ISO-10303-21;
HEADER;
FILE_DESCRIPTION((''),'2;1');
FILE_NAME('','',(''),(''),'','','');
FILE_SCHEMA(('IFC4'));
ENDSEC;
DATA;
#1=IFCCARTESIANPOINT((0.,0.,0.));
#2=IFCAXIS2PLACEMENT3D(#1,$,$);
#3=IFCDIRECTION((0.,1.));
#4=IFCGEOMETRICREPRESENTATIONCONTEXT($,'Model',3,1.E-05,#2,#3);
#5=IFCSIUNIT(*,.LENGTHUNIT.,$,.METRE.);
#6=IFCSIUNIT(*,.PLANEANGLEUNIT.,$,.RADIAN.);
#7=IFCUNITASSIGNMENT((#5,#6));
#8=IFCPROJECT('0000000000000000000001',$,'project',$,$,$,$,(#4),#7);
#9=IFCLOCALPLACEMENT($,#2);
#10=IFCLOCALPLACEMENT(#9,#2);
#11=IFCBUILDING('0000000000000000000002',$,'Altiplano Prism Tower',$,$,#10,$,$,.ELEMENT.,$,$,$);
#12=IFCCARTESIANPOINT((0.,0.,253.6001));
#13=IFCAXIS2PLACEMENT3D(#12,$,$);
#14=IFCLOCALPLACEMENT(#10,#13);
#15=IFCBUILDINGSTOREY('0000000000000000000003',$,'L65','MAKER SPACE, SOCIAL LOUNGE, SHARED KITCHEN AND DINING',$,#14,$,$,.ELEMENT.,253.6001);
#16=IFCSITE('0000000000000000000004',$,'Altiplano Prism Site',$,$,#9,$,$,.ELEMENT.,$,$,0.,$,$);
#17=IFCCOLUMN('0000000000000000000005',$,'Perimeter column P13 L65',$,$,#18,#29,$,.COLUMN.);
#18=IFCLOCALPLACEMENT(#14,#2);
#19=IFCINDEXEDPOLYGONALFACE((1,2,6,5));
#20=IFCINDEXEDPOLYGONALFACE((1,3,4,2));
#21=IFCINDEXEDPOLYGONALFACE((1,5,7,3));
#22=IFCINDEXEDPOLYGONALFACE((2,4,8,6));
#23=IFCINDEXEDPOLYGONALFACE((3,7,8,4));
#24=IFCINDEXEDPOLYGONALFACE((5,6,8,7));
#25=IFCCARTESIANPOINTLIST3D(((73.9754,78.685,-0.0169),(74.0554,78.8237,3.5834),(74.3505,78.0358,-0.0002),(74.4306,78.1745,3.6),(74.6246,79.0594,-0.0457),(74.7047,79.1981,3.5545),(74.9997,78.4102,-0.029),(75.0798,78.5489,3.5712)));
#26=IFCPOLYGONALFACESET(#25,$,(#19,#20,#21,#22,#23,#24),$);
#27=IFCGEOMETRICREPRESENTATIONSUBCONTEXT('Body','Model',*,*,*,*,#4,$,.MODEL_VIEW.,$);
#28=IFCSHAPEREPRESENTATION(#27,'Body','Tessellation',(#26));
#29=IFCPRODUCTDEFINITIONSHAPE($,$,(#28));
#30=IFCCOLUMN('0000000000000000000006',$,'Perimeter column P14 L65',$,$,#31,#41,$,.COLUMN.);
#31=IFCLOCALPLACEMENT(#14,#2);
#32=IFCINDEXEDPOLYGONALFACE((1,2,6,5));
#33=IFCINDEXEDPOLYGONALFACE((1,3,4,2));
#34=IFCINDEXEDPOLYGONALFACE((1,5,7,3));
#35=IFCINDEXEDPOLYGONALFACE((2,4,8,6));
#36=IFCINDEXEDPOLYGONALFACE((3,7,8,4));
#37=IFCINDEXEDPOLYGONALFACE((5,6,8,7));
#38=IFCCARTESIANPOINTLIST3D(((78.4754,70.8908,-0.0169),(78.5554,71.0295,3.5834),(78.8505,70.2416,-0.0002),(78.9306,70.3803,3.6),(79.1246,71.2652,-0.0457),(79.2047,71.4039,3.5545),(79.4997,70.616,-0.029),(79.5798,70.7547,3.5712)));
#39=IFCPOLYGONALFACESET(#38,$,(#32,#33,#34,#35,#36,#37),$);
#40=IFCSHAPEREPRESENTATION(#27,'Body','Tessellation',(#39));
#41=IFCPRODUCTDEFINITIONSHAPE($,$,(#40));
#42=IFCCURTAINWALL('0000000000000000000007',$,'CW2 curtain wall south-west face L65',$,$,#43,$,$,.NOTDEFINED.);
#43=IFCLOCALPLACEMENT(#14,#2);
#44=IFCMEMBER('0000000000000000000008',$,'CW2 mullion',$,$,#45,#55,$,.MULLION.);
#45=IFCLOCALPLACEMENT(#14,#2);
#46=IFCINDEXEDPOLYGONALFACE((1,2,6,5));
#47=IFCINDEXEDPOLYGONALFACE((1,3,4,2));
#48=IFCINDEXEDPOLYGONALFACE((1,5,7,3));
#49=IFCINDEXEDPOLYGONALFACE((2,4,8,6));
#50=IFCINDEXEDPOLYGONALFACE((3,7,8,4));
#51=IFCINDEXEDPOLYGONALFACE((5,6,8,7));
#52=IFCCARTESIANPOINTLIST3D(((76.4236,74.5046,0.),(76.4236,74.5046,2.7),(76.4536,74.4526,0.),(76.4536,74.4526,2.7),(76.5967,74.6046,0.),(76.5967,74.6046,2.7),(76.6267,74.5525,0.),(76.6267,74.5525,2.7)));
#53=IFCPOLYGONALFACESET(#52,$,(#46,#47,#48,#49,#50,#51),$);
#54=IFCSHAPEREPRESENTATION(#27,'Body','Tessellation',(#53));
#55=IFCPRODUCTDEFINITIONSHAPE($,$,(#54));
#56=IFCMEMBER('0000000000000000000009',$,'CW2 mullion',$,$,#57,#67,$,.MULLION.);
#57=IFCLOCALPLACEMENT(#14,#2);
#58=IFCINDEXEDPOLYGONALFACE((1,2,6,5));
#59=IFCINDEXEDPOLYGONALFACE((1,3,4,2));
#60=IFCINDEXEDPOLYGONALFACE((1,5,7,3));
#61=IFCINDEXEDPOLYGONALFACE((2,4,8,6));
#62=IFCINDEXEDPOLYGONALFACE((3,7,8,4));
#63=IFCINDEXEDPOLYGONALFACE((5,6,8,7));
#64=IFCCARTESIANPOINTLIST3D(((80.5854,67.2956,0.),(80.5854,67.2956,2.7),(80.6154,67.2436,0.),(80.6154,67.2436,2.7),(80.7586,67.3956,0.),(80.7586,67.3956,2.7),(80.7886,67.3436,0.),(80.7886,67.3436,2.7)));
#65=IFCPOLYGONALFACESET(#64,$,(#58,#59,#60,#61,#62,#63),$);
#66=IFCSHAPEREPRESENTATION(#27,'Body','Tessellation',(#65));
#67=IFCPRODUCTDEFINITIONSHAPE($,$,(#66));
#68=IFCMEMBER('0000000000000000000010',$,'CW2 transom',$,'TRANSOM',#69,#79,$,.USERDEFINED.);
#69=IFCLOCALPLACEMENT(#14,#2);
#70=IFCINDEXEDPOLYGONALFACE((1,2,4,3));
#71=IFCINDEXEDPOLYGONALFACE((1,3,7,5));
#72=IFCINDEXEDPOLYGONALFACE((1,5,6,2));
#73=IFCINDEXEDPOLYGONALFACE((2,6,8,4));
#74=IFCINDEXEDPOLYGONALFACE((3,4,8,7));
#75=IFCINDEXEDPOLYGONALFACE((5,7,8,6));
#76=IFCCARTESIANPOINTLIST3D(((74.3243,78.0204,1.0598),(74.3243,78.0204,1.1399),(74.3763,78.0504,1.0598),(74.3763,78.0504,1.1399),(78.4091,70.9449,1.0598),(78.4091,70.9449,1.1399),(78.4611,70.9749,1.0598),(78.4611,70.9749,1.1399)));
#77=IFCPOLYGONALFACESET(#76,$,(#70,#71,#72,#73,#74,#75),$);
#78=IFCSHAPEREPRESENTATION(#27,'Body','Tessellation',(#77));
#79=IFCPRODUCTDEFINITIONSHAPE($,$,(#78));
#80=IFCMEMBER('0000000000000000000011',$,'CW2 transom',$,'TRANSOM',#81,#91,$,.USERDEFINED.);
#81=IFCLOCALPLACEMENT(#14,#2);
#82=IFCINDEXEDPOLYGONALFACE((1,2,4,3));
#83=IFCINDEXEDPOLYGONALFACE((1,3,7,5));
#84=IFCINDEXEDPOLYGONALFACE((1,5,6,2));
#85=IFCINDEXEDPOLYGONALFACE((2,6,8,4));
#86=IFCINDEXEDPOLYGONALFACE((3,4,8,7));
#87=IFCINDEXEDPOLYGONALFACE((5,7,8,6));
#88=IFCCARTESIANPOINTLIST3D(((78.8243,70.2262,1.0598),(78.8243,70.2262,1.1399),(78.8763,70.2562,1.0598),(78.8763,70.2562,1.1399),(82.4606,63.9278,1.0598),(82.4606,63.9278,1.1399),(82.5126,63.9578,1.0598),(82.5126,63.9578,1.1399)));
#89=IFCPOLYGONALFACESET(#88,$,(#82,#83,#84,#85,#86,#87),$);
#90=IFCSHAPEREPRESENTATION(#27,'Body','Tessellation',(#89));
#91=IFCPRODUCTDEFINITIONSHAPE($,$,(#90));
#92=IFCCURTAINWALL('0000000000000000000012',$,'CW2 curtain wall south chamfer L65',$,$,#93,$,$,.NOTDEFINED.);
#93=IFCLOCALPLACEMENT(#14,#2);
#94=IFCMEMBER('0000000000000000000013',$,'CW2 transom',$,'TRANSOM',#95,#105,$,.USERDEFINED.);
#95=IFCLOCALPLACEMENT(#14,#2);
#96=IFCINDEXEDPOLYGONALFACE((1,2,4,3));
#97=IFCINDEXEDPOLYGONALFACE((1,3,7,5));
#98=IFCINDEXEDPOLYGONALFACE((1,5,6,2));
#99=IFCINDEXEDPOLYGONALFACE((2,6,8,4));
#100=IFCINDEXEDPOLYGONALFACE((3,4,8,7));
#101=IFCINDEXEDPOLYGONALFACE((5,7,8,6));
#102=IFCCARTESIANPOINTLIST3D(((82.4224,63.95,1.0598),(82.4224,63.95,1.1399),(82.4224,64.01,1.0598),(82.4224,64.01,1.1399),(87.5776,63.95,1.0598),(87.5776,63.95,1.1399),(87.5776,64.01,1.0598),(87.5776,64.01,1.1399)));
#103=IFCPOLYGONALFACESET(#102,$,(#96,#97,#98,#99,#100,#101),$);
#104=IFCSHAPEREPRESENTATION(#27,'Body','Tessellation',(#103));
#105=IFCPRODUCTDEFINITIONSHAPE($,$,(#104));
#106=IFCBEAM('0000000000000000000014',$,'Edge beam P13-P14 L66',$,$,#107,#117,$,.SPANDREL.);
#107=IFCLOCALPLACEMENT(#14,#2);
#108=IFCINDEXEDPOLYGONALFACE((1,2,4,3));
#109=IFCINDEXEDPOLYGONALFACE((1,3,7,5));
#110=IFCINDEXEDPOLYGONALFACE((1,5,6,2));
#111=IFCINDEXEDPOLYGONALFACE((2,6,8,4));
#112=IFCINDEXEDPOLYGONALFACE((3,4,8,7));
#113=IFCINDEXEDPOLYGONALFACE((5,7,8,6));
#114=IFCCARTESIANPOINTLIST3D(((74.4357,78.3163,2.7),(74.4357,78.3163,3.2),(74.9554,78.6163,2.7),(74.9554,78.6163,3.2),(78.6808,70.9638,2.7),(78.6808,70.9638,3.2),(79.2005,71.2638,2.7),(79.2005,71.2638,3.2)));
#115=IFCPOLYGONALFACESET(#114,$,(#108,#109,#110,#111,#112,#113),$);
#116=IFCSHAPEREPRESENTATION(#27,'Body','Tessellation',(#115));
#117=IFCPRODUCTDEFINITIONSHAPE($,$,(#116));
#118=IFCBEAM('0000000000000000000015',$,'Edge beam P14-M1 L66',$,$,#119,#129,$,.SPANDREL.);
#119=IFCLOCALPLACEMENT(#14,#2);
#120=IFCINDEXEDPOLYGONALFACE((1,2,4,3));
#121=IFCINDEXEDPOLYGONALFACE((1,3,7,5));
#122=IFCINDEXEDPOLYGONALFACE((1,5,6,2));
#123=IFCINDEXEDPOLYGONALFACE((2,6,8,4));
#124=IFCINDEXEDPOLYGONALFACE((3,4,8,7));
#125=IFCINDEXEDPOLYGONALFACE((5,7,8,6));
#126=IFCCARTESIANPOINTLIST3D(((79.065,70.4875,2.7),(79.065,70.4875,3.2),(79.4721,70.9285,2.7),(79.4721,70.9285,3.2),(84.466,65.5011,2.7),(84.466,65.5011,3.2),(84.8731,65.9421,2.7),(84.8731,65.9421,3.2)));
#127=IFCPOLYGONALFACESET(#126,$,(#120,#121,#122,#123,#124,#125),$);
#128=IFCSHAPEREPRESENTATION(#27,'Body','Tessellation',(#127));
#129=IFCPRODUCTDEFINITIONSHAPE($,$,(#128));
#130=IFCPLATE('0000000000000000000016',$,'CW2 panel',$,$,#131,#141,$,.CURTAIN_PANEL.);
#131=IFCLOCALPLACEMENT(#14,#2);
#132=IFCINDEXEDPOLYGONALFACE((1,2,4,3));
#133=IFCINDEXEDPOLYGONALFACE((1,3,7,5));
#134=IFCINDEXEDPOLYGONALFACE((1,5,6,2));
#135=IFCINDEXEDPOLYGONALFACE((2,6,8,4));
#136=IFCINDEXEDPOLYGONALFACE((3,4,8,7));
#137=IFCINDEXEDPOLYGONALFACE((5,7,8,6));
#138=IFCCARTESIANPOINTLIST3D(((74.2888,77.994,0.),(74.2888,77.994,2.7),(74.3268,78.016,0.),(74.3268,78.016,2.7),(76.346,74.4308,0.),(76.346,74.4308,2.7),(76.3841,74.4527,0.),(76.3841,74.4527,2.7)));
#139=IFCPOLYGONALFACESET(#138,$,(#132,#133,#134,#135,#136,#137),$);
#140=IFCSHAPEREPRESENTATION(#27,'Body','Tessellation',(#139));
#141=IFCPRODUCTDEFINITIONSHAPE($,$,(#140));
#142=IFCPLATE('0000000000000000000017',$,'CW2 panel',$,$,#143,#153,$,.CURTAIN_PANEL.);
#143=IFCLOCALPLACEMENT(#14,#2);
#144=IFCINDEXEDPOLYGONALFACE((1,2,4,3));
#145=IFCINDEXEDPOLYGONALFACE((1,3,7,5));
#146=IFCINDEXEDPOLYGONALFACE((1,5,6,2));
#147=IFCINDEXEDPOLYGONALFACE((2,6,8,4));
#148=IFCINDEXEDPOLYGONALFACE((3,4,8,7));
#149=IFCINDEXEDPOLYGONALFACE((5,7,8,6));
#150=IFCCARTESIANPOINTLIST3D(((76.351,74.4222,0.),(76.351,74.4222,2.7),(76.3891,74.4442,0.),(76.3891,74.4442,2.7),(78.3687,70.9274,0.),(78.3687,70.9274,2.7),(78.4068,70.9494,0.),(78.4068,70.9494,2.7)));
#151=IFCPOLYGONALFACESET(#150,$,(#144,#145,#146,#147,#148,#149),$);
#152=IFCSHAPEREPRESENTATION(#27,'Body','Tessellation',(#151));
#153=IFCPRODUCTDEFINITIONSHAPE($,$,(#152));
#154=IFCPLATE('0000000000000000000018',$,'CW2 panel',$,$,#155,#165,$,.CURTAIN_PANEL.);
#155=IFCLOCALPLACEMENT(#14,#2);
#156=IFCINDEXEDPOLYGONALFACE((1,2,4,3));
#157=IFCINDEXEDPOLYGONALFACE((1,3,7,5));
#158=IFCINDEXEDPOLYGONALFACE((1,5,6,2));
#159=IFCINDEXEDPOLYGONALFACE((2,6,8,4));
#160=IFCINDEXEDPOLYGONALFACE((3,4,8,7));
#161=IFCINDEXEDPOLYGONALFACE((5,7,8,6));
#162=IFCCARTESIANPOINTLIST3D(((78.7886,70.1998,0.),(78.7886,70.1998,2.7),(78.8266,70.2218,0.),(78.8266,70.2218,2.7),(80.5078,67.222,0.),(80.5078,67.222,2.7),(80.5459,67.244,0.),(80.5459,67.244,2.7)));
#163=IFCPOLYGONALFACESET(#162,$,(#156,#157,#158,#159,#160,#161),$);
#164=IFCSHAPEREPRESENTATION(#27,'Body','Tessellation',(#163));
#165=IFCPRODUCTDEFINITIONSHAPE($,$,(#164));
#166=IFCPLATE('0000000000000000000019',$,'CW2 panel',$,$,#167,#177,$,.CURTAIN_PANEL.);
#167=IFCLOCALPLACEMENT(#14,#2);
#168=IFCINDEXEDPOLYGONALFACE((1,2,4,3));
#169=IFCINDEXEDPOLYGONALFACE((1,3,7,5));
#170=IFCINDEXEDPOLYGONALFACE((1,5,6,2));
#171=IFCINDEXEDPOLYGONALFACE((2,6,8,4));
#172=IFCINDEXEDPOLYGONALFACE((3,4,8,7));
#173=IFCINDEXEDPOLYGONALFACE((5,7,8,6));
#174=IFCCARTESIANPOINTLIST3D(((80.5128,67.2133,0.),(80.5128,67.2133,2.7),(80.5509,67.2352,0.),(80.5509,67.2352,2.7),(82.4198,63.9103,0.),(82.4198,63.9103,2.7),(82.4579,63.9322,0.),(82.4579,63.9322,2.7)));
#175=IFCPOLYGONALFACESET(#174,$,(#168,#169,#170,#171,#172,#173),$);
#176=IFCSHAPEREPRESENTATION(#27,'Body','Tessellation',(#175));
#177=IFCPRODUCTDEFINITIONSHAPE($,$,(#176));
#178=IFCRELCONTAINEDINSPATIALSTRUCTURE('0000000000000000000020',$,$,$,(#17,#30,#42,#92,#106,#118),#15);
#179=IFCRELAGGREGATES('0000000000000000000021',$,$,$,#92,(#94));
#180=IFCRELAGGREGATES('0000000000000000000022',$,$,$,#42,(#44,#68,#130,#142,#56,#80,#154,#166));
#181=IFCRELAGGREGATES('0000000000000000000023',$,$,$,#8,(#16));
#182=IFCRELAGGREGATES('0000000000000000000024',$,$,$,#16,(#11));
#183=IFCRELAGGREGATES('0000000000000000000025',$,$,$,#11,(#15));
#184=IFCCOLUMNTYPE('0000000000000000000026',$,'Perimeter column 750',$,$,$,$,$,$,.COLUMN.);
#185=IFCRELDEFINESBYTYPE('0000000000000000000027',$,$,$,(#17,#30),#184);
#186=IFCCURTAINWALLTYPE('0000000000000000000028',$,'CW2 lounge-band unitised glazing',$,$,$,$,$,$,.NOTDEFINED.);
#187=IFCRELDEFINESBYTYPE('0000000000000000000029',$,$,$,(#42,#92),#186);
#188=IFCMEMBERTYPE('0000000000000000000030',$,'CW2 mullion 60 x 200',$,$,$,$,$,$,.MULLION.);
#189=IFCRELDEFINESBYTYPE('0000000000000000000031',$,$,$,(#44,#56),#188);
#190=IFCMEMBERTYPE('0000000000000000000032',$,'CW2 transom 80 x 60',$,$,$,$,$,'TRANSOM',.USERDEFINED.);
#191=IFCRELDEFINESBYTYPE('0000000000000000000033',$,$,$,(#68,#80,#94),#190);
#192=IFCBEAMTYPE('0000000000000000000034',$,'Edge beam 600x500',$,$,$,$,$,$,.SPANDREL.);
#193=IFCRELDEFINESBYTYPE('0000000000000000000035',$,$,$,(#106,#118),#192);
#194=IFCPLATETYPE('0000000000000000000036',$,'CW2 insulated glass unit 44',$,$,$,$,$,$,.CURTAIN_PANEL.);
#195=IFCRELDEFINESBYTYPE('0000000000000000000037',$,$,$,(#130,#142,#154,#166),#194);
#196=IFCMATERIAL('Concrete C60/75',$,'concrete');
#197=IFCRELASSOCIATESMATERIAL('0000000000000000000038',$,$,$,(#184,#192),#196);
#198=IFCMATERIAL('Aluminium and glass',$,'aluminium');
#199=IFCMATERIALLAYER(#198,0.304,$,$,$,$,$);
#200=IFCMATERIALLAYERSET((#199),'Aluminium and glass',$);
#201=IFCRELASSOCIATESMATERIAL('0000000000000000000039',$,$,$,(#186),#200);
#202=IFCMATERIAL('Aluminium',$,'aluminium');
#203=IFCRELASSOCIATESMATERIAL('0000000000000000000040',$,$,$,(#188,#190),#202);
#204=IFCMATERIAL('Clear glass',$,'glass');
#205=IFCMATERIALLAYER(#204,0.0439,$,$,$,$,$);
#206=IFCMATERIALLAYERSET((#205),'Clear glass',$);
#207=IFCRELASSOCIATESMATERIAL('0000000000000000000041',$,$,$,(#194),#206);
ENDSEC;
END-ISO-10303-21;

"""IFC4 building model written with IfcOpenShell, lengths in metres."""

from ifc_helpers import new_model, si_unit, direction, frame, origin, origin_2d, place, context, subcontext, project, spatial, rectangle, extrude, material, layer, layer_set, material_profile, profile_set, type_object, element, aggregate, save


model = new_model("IFC4")

# Units and contexts
model_context = context("Model", 3, precision=1e-05, world=origin(), true_north=direction((0.0, 1.0)))
body_context = subcontext(model_context, "Body", "Model", "MODEL_VIEW")
ifc_project = project(units=[si_unit("LENGTHUNIT", "METRE"), si_unit("PLANEANGLEUNIT", "RADIAN")], contexts=[model_context])

# Site, building, storey
site_placement = place(None, origin())
site = spatial("IfcSite", under=ifc_project, at=site_placement, Name="Altiplano Prism Site", CompositionType="ELEMENT", RefElevation=0.0)
building_placement = place(site_placement, origin())
building = spatial("IfcBuilding", under=site, at=building_placement, Name="Altiplano Prism Tower", CompositionType="ELEMENT")
storey_placement = place(building_placement, frame((0.0, 0.0, 253.6001)))
storey = spatial("IfcBuildingStorey", under=building, at=storey_placement, Name="L65", Description="MAKER SPACE, SOCIAL LOUNGE, SHARED KITCHEN AND DINING", CompositionType="ELEMENT", Elevation=253.6001)

# Columns
ifc_material_1 = material(Name="Concrete C60/75", Category="concrete")
ifc_material_profile_1 = material_profile(ifc_material_1, rectangle(XDim=0.75, YDim=0.75, at=origin_2d()), Name="Perimeter column 750")
ifc_profile_set_1 = profile_set([ifc_material_profile_1], Name="Concrete C60/75")
column_type = type_object("IfcColumnType", Name="Perimeter column 750", PredefinedType="COLUMN", material=ifc_profile_set_1)
for number, where, z_axis, x_axis, name in (
    (1, (74.4875, 78.5476, -0.0229), (0.022221, 0.038481, 0.999012), (-0.865642, -0.499182, 0.038483), "Perimeter column P13 L65"),
    (2, (78.9875, 70.7534, -0.0229), (0.022221, 0.038481, 0.999012), (-0.865642, -0.499182, 0.038483), "Perimeter column P14 L65"),
):
    element("IfcColumn", number, at=place(storey_placement, frame(where, z_axis=z_axis, x_axis=x_axis)), inside=storey, type_object=column_type, Name=name, PredefinedType="COLUMN", context=body_context, shape_type="SweptSolid", body=[
        extrude(rectangle(XDim=0.75, YDim=0.75, at=origin_2d()), origin(), (0.0, 0.0, 1.0), 3.6038),
    ])

# Curtain wall, members
ifc_material_2 = material(Name="Aluminium and glass", Category="aluminium")
ifc_layer_1 = layer(ifc_material_2, 0.304)
ifc_layer_set_1 = layer_set([ifc_layer_1], Name="Aluminium and glass")
curtain_wall_type = type_object("IfcCurtainWallType", Name="CW2 lounge-band unitised glazing", PredefinedType="NOTDEFINED", material=ifc_layer_set_1)
curtain_wall_1_placement = place(storey_placement, origin())
curtain_wall_1 = element("IfcCurtainWall", 3, at=curtain_wall_1_placement, inside=storey, type_object=curtain_wall_type, Name="CW2 curtain wall south-west face L65", PredefinedType="NOTDEFINED")
ifc_material_3 = material(Name="Aluminium", Category="aluminium")
ifc_material_profile_2 = material_profile(ifc_material_3, rectangle(XDim=0.2, YDim=0.0601, at=origin_2d()), Name="CW2 mullion 60 x 200")
ifc_profile_set_2 = profile_set([ifc_material_profile_2], Name="Aluminium")
member_type_1 = type_object("IfcMemberType", Name="CW2 mullion 60 x 200", PredefinedType="MULLION", material=ifc_profile_set_2)
member_1_placement = place(storey_placement, frame((76.5251, 74.5286, 0.0), z_axis=(0.0, 0.0, 1.0), x_axis=(0.866025, 0.5, 0.0)))
member_1 = element("IfcMember", 4, at=member_1_placement, type_object=member_type_1, Name="CW2 mullion", PredefinedType="MULLION", context=body_context, shape_type="SweptSolid", body=[
    extrude(rectangle(XDim=0.2, YDim=0.0601, at=origin_2d()), origin(), (0.0, 0.0, 1.0), 2.7),
])
member_2_placement = place(storey_placement, frame((80.687, 67.3196, 0.0), z_axis=(0.0, 0.0, 1.0), x_axis=(0.866025, 0.5, 0.0)))
member_2 = element("IfcMember", 5, at=member_2_placement, type_object=member_type_1, Name="CW2 mullion", PredefinedType="MULLION", context=body_context, shape_type="SweptSolid", body=[
    extrude(rectangle(XDim=0.2, YDim=0.0601, at=origin_2d()), origin(), (0.0, 0.0, 1.0), 2.7),
])
ifc_material_profile_3 = material_profile(ifc_material_3, rectangle(XDim=0.0601, YDim=0.0801, at=origin_2d()), Name="CW2 transom 80 x 60")
ifc_profile_set_3 = profile_set([ifc_material_profile_3], Name="Aluminium")
member_type_2 = type_object("IfcMemberType", Name="CW2 transom 80 x 60", ElementType="TRANSOM", PredefinedType="USERDEFINED", material=ifc_profile_set_3)
member_3_placement = place(storey_placement, frame((74.3503, 78.0354, 1.0999), z_axis=(0.499973, -0.866041, 0.0), x_axis=(0.866041, 0.499973, 0.0)))
member_3 = element("IfcMember", 6, at=member_3_placement, type_object=member_type_2, Name="CW2 transom", ObjectType="TRANSOM", PredefinedType="USERDEFINED", context=body_context, shape_type="SweptSolid", body=[
    extrude(rectangle(XDim=0.0601, YDim=0.0801, at=origin_2d()), origin(), (0.0, 0.0, 1.0), 8.1699),
])
member_4_placement = place(storey_placement, frame((78.8503, 70.2412, 1.0999), z_axis=(0.499988, -0.866032, 0.0), x_axis=(0.866032, 0.499988, 0.0)))
member_4 = element("IfcMember", 7, at=member_4_placement, type_object=member_type_2, Name="CW2 transom", ObjectType="TRANSOM", PredefinedType="USERDEFINED", context=body_context, shape_type="SweptSolid", body=[
    extrude(rectangle(XDim=0.0601, YDim=0.0801, at=origin_2d()), origin(), (0.0, 0.0, 1.0), 7.2727),
])

# Curtain wall, member
curtain_wall_2_placement = place(storey_placement, origin())
curtain_wall_2 = element("IfcCurtainWall", 8, at=curtain_wall_2_placement, inside=storey, type_object=curtain_wall_type, Name="CW2 curtain wall south chamfer L65", PredefinedType="NOTDEFINED")
member_5_placement = place(storey_placement, frame((82.4224, 63.98, 1.0999), z_axis=(1.0, 0.0, 0.0), x_axis=(0.0, 1.0, 0.0)))
member_5 = element("IfcMember", 9, at=member_5_placement, type_object=member_type_2, Name="CW2 transom", ObjectType="TRANSOM", PredefinedType="USERDEFINED", context=body_context, shape_type="SweptSolid", body=[
    extrude(rectangle(XDim=0.0601, YDim=0.0801, at=origin_2d()), origin(), (0.0, 0.0, 1.0), 5.1553),
])
aggregate(curtain_wall_2, [member_5])

# Beams
ifc_material_profile_4 = material_profile(ifc_material_1, rectangle(XDim=0.6001, YDim=0.5, at=origin_2d()), Name="Edge beam 600x500")
ifc_profile_set_4 = profile_set([ifc_material_profile_4], Name="Concrete C60/75")
beam_type = type_object("IfcBeamType", Name="Edge beam 600x500", PredefinedType="SPANDREL", material=ifc_profile_set_4)
beam_1_placement = place(storey_placement, frame((74.6956, 78.4663, 2.95), z_axis=(0.500011, -0.866019, 0.0), x_axis=(0.866019, 0.500011, 0.0)))
element("IfcBeam", 10, at=beam_1_placement, inside=storey, type_object=beam_type, Name="Edge beam P13-P14 L66", PredefinedType="SPANDREL", context=body_context, shape_type="SweptSolid", body=[
    extrude(rectangle(XDim=0.6001, YDim=0.5, at=origin_2d()), origin(), (0.0, 0.0, 1.0), 8.49),
])
beam_2_placement = place(storey_placement, frame((79.2686, 70.708, 2.95), z_axis=(0.734742, -0.678346, 0.0), x_axis=(0.678346, 0.734742, 0.0)))
element("IfcBeam", 11, at=beam_2_placement, inside=storey, type_object=beam_type, Name="Edge beam P14-M1 L66", PredefinedType="SPANDREL", context=body_context, shape_type="SweptSolid", body=[
    extrude(rectangle(XDim=0.6001, YDim=0.5, at=origin_2d()), origin(), (0.0, 0.0, 1.0), 7.3508),
])

# Plates
ifc_material_4 = material(Name="Clear glass", Category="glass")
ifc_layer_2 = layer(ifc_material_4, 0.0439)
ifc_layer_set_2 = layer_set([ifc_layer_2], Name="Clear glass")
plate_type = type_object("IfcPlateType", Name="CW2 insulated glass unit 44", PredefinedType="CURTAIN_PANEL", material=ifc_layer_set_2)
plate_1_placement = place(storey_placement, frame((75.3364, 76.2234, 0.0), z_axis=(0.0, 0.0, 1.0), x_axis=(0.5, -0.866025, 0.0)))
plate_1 = element("IfcPlate", 12, at=plate_1_placement, type_object=plate_type, Name="CW2 panel", PredefinedType="CURTAIN_PANEL", context=body_context, shape_type="SweptSolid", body=[
    extrude(rectangle(XDim=4.1145, YDim=0.0439, at=origin_2d()), origin(), (0.0, 0.0, 1.0), 2.7),
])
plate_2_placement = place(storey_placement, frame((77.3789, 72.6858, 0.0), z_axis=(0.0, 0.0, 1.0), x_axis=(0.5, -0.866025, 0.0)))
plate_2 = element("IfcPlate", 13, at=plate_2_placement, type_object=plate_type, Name="CW2 panel", PredefinedType="CURTAIN_PANEL", context=body_context, shape_type="SweptSolid", body=[
    extrude(rectangle(XDim=4.0354, YDim=0.0439, at=origin_2d()), origin(), (0.0, 0.0, 1.0), 2.7),
])
plate_3_placement = place(storey_placement, frame((79.6672, 68.7219, 0.0), z_axis=(0.0, 0.0, 1.0), x_axis=(0.5, -0.866025, 0.0)))
plate_3 = element("IfcPlate", 14, at=plate_3_placement, type_object=plate_type, Name="CW2 panel", PredefinedType="CURTAIN_PANEL", context=body_context, shape_type="SweptSolid", body=[
    extrude(rectangle(XDim=3.4385, YDim=0.0439, at=origin_2d()), origin(), (0.0, 0.0, 1.0), 2.7),
])
plate_4_placement = place(storey_placement, frame((81.4854, 65.5728, 0.0), z_axis=(0.0, 0.0, 1.0), x_axis=(0.5, -0.866025, 0.0)))
plate_4 = element("IfcPlate", 15, at=plate_4_placement, type_object=plate_type, Name="CW2 panel", PredefinedType="CURTAIN_PANEL", context=body_context, shape_type="SweptSolid", body=[
    extrude(rectangle(XDim=3.814, YDim=0.0439, at=origin_2d()), origin(), (0.0, 0.0, 1.0), 2.7),
])
aggregate(curtain_wall_1, [member_1, member_3, plate_1, plate_2, member_2, member_4, plate_3, plate_4])

save(model, "model.ifc")
